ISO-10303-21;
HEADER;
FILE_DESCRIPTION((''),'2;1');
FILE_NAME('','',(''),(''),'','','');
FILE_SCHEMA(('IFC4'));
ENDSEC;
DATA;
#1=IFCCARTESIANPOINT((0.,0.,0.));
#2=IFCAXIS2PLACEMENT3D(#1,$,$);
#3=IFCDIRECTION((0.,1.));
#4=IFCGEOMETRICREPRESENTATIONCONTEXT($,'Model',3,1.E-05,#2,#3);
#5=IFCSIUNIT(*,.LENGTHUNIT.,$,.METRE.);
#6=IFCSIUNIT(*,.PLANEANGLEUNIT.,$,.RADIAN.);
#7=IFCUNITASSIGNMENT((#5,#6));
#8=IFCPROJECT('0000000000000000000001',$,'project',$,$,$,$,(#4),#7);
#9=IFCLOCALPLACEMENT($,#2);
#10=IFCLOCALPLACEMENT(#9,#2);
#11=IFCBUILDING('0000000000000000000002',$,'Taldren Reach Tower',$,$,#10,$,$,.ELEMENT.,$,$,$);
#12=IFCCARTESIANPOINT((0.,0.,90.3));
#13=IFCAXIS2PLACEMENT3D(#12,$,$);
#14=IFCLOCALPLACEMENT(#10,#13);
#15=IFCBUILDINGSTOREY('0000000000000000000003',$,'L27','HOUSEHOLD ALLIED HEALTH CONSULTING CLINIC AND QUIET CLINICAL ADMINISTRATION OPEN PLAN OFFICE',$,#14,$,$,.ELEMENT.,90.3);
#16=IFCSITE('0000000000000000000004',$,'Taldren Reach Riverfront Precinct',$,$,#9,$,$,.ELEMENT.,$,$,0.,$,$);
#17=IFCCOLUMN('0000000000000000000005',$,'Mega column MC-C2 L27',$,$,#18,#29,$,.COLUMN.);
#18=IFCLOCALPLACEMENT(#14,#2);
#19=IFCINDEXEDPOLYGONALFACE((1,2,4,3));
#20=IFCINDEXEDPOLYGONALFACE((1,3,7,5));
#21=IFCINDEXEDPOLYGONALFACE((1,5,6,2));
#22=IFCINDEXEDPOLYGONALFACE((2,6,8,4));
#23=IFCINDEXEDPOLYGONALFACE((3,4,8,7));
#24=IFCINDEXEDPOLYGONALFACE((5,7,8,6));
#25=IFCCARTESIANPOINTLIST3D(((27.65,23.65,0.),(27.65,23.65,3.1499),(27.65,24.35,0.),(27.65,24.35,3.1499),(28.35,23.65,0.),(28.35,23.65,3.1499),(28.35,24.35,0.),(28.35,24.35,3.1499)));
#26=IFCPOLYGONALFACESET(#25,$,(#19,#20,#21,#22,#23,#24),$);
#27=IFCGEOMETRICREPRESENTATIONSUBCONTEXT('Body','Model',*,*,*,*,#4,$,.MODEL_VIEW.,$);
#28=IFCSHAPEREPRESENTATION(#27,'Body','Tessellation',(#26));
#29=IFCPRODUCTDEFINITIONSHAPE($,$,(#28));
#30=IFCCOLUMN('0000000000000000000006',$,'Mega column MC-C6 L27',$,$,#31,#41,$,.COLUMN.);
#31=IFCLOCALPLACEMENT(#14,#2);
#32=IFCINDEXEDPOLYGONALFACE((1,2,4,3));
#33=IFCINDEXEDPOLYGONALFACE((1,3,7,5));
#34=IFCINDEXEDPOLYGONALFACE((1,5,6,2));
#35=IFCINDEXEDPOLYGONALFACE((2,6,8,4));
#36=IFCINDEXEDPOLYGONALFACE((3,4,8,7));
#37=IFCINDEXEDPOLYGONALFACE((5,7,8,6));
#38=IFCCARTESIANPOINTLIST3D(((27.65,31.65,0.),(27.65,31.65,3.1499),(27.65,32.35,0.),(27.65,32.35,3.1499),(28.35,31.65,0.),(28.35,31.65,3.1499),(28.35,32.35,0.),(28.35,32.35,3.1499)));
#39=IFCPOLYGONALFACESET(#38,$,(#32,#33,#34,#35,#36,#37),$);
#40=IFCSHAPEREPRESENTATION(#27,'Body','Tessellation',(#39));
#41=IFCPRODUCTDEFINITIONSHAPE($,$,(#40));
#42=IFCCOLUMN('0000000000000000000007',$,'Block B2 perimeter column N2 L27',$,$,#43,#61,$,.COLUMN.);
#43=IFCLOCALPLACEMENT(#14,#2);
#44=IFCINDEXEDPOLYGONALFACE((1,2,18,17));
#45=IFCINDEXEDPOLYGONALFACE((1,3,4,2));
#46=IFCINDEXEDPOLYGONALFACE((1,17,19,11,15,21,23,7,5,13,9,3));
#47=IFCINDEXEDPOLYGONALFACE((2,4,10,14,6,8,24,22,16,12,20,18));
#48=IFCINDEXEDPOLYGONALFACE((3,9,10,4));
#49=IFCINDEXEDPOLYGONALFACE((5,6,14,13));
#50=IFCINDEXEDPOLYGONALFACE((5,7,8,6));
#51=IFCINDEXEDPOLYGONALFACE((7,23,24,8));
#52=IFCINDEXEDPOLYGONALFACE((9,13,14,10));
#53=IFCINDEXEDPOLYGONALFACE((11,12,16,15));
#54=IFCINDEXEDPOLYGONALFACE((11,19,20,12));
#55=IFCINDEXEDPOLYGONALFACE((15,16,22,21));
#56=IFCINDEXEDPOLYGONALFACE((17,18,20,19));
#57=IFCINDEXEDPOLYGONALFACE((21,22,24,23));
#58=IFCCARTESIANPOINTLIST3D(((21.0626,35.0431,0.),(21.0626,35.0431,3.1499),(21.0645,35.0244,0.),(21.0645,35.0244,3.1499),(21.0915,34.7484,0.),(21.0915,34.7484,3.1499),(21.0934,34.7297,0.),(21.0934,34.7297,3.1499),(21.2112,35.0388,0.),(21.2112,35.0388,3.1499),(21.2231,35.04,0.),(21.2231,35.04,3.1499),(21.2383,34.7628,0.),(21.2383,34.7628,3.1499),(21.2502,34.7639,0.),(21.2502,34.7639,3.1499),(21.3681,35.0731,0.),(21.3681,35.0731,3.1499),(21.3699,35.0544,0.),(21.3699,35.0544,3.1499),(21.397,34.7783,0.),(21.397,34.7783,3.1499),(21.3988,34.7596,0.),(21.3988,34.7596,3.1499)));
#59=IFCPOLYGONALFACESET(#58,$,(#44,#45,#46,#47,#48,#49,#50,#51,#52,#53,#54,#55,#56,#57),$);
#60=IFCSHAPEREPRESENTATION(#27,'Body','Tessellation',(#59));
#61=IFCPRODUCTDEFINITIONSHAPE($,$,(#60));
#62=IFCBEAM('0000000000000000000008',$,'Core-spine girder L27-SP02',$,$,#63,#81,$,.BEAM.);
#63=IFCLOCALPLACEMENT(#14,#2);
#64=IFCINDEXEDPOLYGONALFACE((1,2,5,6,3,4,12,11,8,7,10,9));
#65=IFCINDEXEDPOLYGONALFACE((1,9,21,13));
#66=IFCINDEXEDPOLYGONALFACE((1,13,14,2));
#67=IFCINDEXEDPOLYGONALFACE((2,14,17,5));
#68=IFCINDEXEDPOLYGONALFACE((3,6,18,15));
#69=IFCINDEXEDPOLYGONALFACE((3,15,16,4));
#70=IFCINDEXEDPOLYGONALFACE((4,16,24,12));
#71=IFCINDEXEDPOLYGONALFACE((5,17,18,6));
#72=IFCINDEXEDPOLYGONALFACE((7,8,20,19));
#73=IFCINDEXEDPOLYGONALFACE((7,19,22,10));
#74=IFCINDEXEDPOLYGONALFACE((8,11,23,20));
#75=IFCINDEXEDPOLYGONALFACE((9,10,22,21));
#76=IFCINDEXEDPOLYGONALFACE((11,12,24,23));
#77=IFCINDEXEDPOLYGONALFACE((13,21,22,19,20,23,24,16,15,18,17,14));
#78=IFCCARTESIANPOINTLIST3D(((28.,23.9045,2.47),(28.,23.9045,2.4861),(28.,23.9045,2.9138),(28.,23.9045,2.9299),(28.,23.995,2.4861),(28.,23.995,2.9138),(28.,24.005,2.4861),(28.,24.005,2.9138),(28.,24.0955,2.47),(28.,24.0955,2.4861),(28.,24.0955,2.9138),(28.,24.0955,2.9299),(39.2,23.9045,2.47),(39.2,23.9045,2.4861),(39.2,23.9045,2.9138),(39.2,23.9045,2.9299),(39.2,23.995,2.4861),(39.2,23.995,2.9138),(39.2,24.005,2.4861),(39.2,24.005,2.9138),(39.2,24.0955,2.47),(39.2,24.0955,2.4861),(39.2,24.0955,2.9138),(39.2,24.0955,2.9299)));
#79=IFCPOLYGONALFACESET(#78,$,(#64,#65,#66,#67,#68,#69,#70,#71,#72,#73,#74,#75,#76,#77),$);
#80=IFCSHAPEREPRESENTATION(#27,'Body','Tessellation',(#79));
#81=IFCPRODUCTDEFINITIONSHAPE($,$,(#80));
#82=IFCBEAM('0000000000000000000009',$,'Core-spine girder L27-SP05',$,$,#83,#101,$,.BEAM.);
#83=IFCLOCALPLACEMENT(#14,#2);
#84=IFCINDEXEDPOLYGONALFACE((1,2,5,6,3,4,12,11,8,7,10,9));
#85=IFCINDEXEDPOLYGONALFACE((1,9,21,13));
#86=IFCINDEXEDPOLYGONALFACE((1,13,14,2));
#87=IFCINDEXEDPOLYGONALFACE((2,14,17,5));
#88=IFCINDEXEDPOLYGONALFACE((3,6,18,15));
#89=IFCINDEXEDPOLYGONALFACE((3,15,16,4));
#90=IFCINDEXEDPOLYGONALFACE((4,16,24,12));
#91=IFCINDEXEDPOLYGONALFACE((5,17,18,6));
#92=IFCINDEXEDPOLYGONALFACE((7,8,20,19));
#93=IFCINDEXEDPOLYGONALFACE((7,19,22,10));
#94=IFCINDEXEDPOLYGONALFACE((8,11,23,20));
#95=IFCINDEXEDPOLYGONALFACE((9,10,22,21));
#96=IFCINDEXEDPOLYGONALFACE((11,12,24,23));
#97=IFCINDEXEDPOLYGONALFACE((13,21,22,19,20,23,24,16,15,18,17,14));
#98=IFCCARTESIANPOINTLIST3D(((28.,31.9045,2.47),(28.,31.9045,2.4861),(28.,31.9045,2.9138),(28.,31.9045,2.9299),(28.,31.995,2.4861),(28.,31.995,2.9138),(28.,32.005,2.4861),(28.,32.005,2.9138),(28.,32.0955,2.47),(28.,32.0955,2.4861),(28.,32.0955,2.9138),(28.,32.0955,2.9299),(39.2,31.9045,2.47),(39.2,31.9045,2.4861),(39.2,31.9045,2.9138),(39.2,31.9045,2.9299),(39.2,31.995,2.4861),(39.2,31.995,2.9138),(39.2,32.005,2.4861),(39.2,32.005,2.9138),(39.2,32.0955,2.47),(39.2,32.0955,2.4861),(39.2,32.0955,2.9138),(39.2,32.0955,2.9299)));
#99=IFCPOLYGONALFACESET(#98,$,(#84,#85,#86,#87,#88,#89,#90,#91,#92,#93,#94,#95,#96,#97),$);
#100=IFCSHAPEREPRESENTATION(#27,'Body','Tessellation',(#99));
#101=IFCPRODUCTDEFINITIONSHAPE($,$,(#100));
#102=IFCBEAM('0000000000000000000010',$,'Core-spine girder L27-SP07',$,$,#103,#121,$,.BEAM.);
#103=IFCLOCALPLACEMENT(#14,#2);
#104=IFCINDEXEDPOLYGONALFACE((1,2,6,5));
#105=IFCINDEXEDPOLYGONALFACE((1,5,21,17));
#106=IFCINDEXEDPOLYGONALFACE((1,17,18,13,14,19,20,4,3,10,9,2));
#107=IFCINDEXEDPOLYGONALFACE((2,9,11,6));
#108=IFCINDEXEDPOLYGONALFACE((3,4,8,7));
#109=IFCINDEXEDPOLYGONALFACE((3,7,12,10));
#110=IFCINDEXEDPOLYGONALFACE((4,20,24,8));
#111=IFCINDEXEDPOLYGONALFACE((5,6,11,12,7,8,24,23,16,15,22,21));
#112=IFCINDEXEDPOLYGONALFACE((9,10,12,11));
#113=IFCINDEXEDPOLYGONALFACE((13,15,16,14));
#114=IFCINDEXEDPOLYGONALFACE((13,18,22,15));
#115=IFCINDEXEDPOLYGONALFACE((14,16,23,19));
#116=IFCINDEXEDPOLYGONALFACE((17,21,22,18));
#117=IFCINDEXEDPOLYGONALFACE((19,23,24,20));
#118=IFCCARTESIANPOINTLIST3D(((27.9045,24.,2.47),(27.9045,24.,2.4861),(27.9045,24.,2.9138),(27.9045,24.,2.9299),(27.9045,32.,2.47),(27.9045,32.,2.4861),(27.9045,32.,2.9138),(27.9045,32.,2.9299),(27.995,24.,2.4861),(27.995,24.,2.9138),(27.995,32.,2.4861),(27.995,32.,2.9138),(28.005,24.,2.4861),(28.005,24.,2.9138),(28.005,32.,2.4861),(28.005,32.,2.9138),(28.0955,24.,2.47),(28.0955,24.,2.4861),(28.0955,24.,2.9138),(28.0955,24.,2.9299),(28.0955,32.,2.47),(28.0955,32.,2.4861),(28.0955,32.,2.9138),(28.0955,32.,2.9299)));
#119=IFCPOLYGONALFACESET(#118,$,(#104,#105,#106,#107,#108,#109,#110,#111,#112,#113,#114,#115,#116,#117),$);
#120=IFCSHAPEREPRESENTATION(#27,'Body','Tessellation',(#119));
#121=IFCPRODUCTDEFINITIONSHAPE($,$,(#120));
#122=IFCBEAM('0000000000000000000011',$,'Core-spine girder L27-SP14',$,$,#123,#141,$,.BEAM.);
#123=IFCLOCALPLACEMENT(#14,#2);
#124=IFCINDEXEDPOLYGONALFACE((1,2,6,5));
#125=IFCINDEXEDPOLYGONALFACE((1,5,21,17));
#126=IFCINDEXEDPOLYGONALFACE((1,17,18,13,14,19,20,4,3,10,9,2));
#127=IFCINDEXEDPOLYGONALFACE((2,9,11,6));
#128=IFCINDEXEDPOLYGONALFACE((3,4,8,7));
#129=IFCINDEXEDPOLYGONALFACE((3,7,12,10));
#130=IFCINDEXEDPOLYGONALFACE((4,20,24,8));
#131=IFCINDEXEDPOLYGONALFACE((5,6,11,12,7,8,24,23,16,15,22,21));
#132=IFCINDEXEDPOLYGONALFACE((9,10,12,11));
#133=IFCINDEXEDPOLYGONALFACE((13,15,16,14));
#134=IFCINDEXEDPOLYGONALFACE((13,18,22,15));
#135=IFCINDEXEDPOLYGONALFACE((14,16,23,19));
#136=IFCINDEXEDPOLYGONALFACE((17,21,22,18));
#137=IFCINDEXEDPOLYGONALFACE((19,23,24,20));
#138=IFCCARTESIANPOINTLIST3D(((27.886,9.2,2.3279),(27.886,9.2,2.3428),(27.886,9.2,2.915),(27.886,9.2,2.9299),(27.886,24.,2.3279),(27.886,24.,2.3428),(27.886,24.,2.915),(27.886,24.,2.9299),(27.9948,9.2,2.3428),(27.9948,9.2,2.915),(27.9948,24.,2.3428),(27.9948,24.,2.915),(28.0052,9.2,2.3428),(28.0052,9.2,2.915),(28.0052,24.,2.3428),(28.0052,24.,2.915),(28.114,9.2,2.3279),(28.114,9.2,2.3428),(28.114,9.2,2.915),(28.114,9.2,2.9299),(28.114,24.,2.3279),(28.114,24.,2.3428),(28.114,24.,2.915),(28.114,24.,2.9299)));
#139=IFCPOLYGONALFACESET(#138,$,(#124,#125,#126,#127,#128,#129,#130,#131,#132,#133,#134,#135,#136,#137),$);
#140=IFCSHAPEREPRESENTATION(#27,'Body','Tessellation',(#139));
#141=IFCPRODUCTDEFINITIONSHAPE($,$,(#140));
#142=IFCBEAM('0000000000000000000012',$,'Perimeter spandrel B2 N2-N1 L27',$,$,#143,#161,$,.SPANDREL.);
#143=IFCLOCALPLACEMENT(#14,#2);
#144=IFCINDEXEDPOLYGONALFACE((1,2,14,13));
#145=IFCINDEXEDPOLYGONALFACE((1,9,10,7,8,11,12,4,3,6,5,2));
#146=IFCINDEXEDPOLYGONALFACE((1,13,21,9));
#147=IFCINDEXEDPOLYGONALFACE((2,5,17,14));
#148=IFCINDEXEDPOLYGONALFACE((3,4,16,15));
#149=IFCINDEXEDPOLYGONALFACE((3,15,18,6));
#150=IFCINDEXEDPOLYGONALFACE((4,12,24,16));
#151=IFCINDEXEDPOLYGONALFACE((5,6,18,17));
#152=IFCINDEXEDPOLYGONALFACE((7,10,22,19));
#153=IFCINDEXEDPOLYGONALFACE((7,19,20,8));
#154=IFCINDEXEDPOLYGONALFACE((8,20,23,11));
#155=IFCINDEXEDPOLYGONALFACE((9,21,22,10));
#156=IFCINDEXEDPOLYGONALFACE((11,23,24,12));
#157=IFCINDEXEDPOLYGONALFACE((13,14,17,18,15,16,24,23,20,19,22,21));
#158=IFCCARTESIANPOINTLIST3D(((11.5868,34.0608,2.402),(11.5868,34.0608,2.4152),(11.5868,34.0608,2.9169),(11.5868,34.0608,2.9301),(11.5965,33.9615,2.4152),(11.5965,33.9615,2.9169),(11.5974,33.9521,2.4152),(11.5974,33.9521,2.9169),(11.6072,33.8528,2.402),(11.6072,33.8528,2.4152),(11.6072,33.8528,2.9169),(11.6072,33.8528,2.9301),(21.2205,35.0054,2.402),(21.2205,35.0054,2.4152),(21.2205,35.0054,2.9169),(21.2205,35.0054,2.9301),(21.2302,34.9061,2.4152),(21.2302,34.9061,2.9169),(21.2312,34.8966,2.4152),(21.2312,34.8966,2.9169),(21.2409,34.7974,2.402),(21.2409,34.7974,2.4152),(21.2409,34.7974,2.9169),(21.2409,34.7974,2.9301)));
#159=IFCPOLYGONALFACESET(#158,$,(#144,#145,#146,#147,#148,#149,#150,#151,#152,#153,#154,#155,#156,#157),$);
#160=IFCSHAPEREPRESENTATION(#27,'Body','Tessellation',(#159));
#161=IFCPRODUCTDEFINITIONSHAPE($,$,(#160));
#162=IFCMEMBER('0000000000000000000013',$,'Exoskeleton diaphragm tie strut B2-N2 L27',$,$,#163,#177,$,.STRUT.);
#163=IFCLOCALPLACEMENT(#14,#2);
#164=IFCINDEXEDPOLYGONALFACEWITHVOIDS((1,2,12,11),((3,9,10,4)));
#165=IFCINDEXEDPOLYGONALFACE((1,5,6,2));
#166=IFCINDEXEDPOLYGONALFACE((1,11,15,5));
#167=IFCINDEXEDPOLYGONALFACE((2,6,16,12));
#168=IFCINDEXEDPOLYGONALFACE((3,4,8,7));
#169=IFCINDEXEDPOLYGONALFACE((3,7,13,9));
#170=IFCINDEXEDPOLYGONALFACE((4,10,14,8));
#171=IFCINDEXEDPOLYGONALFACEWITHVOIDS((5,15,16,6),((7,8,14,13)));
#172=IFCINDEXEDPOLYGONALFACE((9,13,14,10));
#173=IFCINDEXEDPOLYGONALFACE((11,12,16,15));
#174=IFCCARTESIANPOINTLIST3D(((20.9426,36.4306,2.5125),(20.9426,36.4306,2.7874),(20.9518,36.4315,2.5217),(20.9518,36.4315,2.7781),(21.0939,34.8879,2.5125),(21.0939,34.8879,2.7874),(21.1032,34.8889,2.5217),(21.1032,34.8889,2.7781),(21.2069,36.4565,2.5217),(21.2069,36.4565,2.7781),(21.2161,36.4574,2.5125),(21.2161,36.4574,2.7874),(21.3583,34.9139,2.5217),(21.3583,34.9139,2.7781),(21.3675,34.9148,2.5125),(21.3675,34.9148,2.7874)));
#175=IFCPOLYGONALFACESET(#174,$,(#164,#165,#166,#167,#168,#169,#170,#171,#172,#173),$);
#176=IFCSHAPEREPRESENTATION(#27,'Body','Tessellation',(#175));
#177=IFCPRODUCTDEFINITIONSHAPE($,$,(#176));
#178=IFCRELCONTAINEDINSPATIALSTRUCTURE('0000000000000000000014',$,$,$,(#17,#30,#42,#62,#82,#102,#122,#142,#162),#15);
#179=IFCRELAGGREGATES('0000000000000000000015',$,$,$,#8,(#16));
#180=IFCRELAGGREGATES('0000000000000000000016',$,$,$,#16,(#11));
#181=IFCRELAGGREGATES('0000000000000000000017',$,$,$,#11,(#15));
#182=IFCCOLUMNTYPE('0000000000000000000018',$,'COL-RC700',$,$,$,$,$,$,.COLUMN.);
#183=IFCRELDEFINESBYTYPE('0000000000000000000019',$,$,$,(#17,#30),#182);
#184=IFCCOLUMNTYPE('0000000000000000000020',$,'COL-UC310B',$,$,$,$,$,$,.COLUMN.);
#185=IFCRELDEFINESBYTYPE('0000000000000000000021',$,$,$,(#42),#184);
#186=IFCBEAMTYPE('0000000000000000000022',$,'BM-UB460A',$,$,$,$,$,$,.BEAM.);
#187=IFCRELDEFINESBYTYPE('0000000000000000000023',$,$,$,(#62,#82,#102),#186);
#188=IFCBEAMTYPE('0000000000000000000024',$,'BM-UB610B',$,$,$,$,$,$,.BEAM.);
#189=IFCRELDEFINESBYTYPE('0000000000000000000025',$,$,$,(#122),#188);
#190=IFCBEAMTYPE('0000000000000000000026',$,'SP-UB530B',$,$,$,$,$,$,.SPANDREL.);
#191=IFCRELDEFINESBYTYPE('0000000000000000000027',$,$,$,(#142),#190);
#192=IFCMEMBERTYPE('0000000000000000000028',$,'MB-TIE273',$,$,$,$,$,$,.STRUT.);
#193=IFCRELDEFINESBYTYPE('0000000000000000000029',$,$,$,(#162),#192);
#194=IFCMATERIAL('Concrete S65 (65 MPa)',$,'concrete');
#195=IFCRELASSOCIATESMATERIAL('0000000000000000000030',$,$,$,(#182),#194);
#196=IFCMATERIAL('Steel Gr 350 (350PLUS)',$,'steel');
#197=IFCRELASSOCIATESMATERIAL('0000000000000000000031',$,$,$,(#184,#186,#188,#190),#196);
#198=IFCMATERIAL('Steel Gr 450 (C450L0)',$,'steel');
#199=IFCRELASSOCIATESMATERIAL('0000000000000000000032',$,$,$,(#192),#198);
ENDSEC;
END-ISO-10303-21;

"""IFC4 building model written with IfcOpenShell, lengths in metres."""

from ifc_helpers import new_model, si_unit, direction, frame, origin, origin_2d, place, context, subcontext, project, spatial, rectangle, hollow_rectangle, i_section, extrude, source, transform, mapped, material, material_profile, profile_set, type_object, element, save


model = new_model("IFC4")

# Units and contexts
model_context = context("Model", 3, precision=1e-05, world=origin(), true_north=direction((0.0, 1.0)))
body_context = subcontext(model_context, "Body", "Model", "MODEL_VIEW")
ifc_project = project(units=[si_unit("LENGTHUNIT", "METRE"), si_unit("PLANEANGLEUNIT", "RADIAN")], contexts=[model_context])

# Site, building, storey
site_placement = place(None, origin())
site = spatial("IfcSite", under=ifc_project, at=site_placement, Name="Taldren Reach Riverfront Precinct", CompositionType="ELEMENT", RefElevation=0.0)
building_placement = place(site_placement, origin())
building = spatial("IfcBuilding", under=site, at=building_placement, Name="Taldren Reach Tower", CompositionType="ELEMENT")
storey_placement = place(building_placement, frame((0.0, 0.0, 90.3)))
storey = spatial("IfcBuildingStorey", under=building, at=storey_placement, Name="L27", Description="HOUSEHOLD ALLIED HEALTH CONSULTING CLINIC AND QUIET CLINICAL ADMINISTRATION OPEN PLAN OFFICE", CompositionType="ELEMENT", Elevation=90.3)

# Columns
ifc_material_1 = material(Name="Concrete S65 (65 MPa)", Category="concrete")
ifc_material_profile_1 = material_profile(ifc_material_1, rectangle(XDim=0.7, YDim=0.7, at=origin_2d()), Name="RC-700x700")
ifc_profile_set_1 = profile_set([ifc_material_profile_1], Name="Concrete S65 (65 MPa)")
column_type_1 = type_object("IfcColumnType", Name="COL-RC700", PredefinedType="COLUMN", material=ifc_profile_set_1)
shared_shape_1 = source(origin(), body_context, "Body", "SweptSolid", [
    extrude(rectangle(XDim=0.7, YDim=0.7, at=origin_2d()), origin(), (0.0, 0.0, 1.0), 3.1499),
])
for number, where, z_axis, x_axis, name in (
    (1, (28.0, 24.0, 0.0), (0.0, 0.0, 1.0), (1.0, 0.0, 0.0), "Mega column MC-C2 L27"),
    (2, (28.0, 32.0, 0.0), (0.0, 0.0, 1.0), (1.0, 0.0, 0.0), "Mega column MC-C6 L27"),
):
    element("IfcColumn", number, at=place(storey_placement, frame(where, z_axis=z_axis, x_axis=x_axis)), inside=storey, type_object=column_type_1, Name=name, PredefinedType="COLUMN", context=body_context, shape_type="MappedRepresentation", body=[
        mapped(shared_shape_1, transform((0.0, 0.0, 0.0), scale=1.0)),
    ])
ifc_material_2 = material(Name="Steel Gr 350 (350PLUS)", Category="steel")
ifc_material_profile_2 = material_profile(ifc_material_2, i_section(OverallWidth=0.3069, OverallDepth=0.3149, WebThickness=0.012, FlangeThickness=0.0188, at=origin_2d()), Name="310UC118")
ifc_profile_set_2 = profile_set([ifc_material_profile_2], Name="Steel Gr 350 (350PLUS)")
column_type_2 = type_object("IfcColumnType", Name="COL-UC310B", PredefinedType="COLUMN", material=ifc_profile_set_2)
shared_shape_2 = source(origin(), body_context, "Body", "SweptSolid", [
    extrude(i_section(OverallWidth=0.3069, OverallDepth=0.3149, WebThickness=0.012, FlangeThickness=0.0188, at=origin_2d()), origin(), (0.0, 0.0, 1.0), 3.1499),
])
column_placement = place(storey_placement, frame((21.2307, 34.9014, 0.0), z_axis=(0.0, 0.0, 1.0), x_axis=(0.995227, 0.097583, 0.0)))
element("IfcColumn", 3, at=column_placement, inside=storey, type_object=column_type_2, Name="Block B2 perimeter column N2 L27", PredefinedType="COLUMN", context=body_context, shape_type="MappedRepresentation", body=[
    mapped(shared_shape_2, transform((0.0, 0.0, 0.0), scale=1.0)),
])

# Beams
ifc_material_profile_3 = material_profile(ifc_material_2, i_section(OverallWidth=0.1909, OverallDepth=0.46, WebThickness=0.01, FlangeThickness=0.0161, at=origin_2d()), Name="460UB82.1")
ifc_profile_set_3 = profile_set([ifc_material_profile_3], Name="Steel Gr 350 (350PLUS)")
beam_type_1 = type_object("IfcBeamType", Name="BM-UB460A", PredefinedType="BEAM", material=ifc_profile_set_3)
shared_shape_3 = source(origin(), body_context, "Body", "SweptSolid", [
    extrude(i_section(OverallWidth=0.1909, OverallDepth=0.46, WebThickness=0.01, FlangeThickness=0.0161, at=origin_2d()), origin(), (0.0, 0.0, 1.0), 11.2),
])
for number, where, z_axis, x_axis, name in (
    (4, (28.0, 24.0, 2.7), (1.0, 0.0, 0.0), (0.0, 1.0, 0.0), "Core-spine girder L27-SP02"),
    (5, (28.0, 32.0, 2.7), (1.0, 0.0, 0.0), (0.0, 1.0, 0.0), "Core-spine girder L27-SP05"),
):
    element("IfcBeam", number, at=place(storey_placement, frame(where, z_axis=z_axis, x_axis=x_axis)), inside=storey, type_object=beam_type_1, Name=name, PredefinedType="BEAM", context=body_context, shape_type="MappedRepresentation", body=[
        mapped(shared_shape_3, transform((0.0, 0.0, 0.0), scale=1.0)),
    ])
shared_shape_4 = source(origin(), body_context, "Body", "SweptSolid", [
    extrude(i_section(OverallWidth=0.1909, OverallDepth=0.46, WebThickness=0.01, FlangeThickness=0.0161, at=origin_2d()), origin(), (0.0, 0.0, 1.0), 8.0),
])
beam_1_placement = place(storey_placement, frame((28.0, 24.0, 2.7), z_axis=(0.0, 1.0, 0.0), x_axis=(-1.0, 0.0, 0.0)))
element("IfcBeam", 6, at=beam_1_placement, inside=storey, type_object=beam_type_1, Name="Core-spine girder L27-SP07", PredefinedType="BEAM", context=body_context, shape_type="MappedRepresentation", body=[
    mapped(shared_shape_4, transform((0.0, 0.0, 0.0), scale=1.0)),
])
ifc_material_profile_4 = material_profile(ifc_material_2, i_section(OverallWidth=0.228, OverallDepth=0.6021, WebThickness=0.0105, FlangeThickness=0.0149, at=origin_2d()), Name="610UB101")
ifc_profile_set_4 = profile_set([ifc_material_profile_4], Name="Steel Gr 350 (350PLUS)")
beam_type_2 = type_object("IfcBeamType", Name="BM-UB610B", PredefinedType="BEAM", material=ifc_profile_set_4)
shared_shape_5 = source(origin(), body_context, "Body", "SweptSolid", [
    extrude(i_section(OverallWidth=0.228, OverallDepth=0.6021, WebThickness=0.0105, FlangeThickness=0.0149, at=origin_2d()), origin(), (0.0, 0.0, 1.0), 14.8),
])
beam_2_placement = place(storey_placement, frame((28.0, 24.0, 2.6289), z_axis=(0.0, -1.0, 0.0), x_axis=(1.0, 0.0, 0.0)))
element("IfcBeam", 7, at=beam_2_placement, inside=storey, type_object=beam_type_2, Name="Core-spine girder L27-SP14", PredefinedType="BEAM", context=body_context, shape_type="MappedRepresentation", body=[
    mapped(shared_shape_5, transform((0.0, 0.0, 0.0), scale=1.0)),
])
ifc_material_profile_5 = material_profile(ifc_material_2, i_section(OverallWidth=0.209, OverallDepth=0.5281, WebThickness=0.0095, FlangeThickness=0.0132, at=origin_2d()), Name="530UB82.0")
ifc_profile_set_5 = profile_set([ifc_material_profile_5], Name="Steel Gr 350 (350PLUS)")
beam_type_3 = type_object("IfcBeamType", Name="SP-UB530B", PredefinedType="SPANDREL", material=ifc_profile_set_5)
shared_shape_6 = source(origin(), body_context, "Body", "SweptSolid", [
    extrude(i_section(OverallWidth=0.209, OverallDepth=0.5281, WebThickness=0.0095, FlangeThickness=0.0132, at=origin_2d()), origin(), (0.0, 0.0, 1.0), 9.6799),
])
beam_3_placement = place(storey_placement, frame((21.2307, 34.9014, 2.666), z_axis=(-0.995228, -0.097581, 0.0), x_axis=(0.097581, -0.995228, 0.0)))
element("IfcBeam", 8, at=beam_3_placement, inside=storey, type_object=beam_type_3, Name="Perimeter spandrel B2 N2-N1 L27", PredefinedType="SPANDREL", context=body_context, shape_type="MappedRepresentation", body=[
    mapped(shared_shape_6, transform((0.0, 0.0, 0.0), scale=1.0)),
])

# Member
ifc_material_3 = material(Name="Steel Gr 450 (C450L0)", Category="steel")
ifc_material_profile_6 = material_profile(ifc_material_3, hollow_rectangle(XDim=0.2749, YDim=0.2749, WallThickness=0.0093, at=origin_2d()), Name="275x275x9.3SHS")
ifc_profile_set_6 = profile_set([ifc_material_profile_6], Name="Steel Gr 450 (C450L0)")
member_type_1 = type_object("IfcMemberType", Name="MB-TIE273", PredefinedType="STRUT", material=ifc_profile_set_6)
shared_shape_7 = source(origin(), body_context, "Body", "SweptSolid", [
    extrude(hollow_rectangle(XDim=0.2749, YDim=0.2749, WallThickness=0.0093, at=origin_2d()), origin(), (0.0, 0.0, 1.0), 1.55),
])
member_1_placement = place(storey_placement, frame((21.2307, 34.9014, 2.6499), z_axis=(-0.097648, 0.995221, 0.0), x_axis=(-0.995221, -0.097648, 0.0)))
element("IfcMember", 9, at=member_1_placement, inside=storey, type_object=member_type_1, Name="Exoskeleton diaphragm tie strut B2-N2 L27", PredefinedType="STRUT", context=body_context, shape_type="MappedRepresentation", body=[
    mapped(shared_shape_7, transform((0.0, 0.0, 0.0), scale=1.0)),
])

save(model, "model.ifc")
